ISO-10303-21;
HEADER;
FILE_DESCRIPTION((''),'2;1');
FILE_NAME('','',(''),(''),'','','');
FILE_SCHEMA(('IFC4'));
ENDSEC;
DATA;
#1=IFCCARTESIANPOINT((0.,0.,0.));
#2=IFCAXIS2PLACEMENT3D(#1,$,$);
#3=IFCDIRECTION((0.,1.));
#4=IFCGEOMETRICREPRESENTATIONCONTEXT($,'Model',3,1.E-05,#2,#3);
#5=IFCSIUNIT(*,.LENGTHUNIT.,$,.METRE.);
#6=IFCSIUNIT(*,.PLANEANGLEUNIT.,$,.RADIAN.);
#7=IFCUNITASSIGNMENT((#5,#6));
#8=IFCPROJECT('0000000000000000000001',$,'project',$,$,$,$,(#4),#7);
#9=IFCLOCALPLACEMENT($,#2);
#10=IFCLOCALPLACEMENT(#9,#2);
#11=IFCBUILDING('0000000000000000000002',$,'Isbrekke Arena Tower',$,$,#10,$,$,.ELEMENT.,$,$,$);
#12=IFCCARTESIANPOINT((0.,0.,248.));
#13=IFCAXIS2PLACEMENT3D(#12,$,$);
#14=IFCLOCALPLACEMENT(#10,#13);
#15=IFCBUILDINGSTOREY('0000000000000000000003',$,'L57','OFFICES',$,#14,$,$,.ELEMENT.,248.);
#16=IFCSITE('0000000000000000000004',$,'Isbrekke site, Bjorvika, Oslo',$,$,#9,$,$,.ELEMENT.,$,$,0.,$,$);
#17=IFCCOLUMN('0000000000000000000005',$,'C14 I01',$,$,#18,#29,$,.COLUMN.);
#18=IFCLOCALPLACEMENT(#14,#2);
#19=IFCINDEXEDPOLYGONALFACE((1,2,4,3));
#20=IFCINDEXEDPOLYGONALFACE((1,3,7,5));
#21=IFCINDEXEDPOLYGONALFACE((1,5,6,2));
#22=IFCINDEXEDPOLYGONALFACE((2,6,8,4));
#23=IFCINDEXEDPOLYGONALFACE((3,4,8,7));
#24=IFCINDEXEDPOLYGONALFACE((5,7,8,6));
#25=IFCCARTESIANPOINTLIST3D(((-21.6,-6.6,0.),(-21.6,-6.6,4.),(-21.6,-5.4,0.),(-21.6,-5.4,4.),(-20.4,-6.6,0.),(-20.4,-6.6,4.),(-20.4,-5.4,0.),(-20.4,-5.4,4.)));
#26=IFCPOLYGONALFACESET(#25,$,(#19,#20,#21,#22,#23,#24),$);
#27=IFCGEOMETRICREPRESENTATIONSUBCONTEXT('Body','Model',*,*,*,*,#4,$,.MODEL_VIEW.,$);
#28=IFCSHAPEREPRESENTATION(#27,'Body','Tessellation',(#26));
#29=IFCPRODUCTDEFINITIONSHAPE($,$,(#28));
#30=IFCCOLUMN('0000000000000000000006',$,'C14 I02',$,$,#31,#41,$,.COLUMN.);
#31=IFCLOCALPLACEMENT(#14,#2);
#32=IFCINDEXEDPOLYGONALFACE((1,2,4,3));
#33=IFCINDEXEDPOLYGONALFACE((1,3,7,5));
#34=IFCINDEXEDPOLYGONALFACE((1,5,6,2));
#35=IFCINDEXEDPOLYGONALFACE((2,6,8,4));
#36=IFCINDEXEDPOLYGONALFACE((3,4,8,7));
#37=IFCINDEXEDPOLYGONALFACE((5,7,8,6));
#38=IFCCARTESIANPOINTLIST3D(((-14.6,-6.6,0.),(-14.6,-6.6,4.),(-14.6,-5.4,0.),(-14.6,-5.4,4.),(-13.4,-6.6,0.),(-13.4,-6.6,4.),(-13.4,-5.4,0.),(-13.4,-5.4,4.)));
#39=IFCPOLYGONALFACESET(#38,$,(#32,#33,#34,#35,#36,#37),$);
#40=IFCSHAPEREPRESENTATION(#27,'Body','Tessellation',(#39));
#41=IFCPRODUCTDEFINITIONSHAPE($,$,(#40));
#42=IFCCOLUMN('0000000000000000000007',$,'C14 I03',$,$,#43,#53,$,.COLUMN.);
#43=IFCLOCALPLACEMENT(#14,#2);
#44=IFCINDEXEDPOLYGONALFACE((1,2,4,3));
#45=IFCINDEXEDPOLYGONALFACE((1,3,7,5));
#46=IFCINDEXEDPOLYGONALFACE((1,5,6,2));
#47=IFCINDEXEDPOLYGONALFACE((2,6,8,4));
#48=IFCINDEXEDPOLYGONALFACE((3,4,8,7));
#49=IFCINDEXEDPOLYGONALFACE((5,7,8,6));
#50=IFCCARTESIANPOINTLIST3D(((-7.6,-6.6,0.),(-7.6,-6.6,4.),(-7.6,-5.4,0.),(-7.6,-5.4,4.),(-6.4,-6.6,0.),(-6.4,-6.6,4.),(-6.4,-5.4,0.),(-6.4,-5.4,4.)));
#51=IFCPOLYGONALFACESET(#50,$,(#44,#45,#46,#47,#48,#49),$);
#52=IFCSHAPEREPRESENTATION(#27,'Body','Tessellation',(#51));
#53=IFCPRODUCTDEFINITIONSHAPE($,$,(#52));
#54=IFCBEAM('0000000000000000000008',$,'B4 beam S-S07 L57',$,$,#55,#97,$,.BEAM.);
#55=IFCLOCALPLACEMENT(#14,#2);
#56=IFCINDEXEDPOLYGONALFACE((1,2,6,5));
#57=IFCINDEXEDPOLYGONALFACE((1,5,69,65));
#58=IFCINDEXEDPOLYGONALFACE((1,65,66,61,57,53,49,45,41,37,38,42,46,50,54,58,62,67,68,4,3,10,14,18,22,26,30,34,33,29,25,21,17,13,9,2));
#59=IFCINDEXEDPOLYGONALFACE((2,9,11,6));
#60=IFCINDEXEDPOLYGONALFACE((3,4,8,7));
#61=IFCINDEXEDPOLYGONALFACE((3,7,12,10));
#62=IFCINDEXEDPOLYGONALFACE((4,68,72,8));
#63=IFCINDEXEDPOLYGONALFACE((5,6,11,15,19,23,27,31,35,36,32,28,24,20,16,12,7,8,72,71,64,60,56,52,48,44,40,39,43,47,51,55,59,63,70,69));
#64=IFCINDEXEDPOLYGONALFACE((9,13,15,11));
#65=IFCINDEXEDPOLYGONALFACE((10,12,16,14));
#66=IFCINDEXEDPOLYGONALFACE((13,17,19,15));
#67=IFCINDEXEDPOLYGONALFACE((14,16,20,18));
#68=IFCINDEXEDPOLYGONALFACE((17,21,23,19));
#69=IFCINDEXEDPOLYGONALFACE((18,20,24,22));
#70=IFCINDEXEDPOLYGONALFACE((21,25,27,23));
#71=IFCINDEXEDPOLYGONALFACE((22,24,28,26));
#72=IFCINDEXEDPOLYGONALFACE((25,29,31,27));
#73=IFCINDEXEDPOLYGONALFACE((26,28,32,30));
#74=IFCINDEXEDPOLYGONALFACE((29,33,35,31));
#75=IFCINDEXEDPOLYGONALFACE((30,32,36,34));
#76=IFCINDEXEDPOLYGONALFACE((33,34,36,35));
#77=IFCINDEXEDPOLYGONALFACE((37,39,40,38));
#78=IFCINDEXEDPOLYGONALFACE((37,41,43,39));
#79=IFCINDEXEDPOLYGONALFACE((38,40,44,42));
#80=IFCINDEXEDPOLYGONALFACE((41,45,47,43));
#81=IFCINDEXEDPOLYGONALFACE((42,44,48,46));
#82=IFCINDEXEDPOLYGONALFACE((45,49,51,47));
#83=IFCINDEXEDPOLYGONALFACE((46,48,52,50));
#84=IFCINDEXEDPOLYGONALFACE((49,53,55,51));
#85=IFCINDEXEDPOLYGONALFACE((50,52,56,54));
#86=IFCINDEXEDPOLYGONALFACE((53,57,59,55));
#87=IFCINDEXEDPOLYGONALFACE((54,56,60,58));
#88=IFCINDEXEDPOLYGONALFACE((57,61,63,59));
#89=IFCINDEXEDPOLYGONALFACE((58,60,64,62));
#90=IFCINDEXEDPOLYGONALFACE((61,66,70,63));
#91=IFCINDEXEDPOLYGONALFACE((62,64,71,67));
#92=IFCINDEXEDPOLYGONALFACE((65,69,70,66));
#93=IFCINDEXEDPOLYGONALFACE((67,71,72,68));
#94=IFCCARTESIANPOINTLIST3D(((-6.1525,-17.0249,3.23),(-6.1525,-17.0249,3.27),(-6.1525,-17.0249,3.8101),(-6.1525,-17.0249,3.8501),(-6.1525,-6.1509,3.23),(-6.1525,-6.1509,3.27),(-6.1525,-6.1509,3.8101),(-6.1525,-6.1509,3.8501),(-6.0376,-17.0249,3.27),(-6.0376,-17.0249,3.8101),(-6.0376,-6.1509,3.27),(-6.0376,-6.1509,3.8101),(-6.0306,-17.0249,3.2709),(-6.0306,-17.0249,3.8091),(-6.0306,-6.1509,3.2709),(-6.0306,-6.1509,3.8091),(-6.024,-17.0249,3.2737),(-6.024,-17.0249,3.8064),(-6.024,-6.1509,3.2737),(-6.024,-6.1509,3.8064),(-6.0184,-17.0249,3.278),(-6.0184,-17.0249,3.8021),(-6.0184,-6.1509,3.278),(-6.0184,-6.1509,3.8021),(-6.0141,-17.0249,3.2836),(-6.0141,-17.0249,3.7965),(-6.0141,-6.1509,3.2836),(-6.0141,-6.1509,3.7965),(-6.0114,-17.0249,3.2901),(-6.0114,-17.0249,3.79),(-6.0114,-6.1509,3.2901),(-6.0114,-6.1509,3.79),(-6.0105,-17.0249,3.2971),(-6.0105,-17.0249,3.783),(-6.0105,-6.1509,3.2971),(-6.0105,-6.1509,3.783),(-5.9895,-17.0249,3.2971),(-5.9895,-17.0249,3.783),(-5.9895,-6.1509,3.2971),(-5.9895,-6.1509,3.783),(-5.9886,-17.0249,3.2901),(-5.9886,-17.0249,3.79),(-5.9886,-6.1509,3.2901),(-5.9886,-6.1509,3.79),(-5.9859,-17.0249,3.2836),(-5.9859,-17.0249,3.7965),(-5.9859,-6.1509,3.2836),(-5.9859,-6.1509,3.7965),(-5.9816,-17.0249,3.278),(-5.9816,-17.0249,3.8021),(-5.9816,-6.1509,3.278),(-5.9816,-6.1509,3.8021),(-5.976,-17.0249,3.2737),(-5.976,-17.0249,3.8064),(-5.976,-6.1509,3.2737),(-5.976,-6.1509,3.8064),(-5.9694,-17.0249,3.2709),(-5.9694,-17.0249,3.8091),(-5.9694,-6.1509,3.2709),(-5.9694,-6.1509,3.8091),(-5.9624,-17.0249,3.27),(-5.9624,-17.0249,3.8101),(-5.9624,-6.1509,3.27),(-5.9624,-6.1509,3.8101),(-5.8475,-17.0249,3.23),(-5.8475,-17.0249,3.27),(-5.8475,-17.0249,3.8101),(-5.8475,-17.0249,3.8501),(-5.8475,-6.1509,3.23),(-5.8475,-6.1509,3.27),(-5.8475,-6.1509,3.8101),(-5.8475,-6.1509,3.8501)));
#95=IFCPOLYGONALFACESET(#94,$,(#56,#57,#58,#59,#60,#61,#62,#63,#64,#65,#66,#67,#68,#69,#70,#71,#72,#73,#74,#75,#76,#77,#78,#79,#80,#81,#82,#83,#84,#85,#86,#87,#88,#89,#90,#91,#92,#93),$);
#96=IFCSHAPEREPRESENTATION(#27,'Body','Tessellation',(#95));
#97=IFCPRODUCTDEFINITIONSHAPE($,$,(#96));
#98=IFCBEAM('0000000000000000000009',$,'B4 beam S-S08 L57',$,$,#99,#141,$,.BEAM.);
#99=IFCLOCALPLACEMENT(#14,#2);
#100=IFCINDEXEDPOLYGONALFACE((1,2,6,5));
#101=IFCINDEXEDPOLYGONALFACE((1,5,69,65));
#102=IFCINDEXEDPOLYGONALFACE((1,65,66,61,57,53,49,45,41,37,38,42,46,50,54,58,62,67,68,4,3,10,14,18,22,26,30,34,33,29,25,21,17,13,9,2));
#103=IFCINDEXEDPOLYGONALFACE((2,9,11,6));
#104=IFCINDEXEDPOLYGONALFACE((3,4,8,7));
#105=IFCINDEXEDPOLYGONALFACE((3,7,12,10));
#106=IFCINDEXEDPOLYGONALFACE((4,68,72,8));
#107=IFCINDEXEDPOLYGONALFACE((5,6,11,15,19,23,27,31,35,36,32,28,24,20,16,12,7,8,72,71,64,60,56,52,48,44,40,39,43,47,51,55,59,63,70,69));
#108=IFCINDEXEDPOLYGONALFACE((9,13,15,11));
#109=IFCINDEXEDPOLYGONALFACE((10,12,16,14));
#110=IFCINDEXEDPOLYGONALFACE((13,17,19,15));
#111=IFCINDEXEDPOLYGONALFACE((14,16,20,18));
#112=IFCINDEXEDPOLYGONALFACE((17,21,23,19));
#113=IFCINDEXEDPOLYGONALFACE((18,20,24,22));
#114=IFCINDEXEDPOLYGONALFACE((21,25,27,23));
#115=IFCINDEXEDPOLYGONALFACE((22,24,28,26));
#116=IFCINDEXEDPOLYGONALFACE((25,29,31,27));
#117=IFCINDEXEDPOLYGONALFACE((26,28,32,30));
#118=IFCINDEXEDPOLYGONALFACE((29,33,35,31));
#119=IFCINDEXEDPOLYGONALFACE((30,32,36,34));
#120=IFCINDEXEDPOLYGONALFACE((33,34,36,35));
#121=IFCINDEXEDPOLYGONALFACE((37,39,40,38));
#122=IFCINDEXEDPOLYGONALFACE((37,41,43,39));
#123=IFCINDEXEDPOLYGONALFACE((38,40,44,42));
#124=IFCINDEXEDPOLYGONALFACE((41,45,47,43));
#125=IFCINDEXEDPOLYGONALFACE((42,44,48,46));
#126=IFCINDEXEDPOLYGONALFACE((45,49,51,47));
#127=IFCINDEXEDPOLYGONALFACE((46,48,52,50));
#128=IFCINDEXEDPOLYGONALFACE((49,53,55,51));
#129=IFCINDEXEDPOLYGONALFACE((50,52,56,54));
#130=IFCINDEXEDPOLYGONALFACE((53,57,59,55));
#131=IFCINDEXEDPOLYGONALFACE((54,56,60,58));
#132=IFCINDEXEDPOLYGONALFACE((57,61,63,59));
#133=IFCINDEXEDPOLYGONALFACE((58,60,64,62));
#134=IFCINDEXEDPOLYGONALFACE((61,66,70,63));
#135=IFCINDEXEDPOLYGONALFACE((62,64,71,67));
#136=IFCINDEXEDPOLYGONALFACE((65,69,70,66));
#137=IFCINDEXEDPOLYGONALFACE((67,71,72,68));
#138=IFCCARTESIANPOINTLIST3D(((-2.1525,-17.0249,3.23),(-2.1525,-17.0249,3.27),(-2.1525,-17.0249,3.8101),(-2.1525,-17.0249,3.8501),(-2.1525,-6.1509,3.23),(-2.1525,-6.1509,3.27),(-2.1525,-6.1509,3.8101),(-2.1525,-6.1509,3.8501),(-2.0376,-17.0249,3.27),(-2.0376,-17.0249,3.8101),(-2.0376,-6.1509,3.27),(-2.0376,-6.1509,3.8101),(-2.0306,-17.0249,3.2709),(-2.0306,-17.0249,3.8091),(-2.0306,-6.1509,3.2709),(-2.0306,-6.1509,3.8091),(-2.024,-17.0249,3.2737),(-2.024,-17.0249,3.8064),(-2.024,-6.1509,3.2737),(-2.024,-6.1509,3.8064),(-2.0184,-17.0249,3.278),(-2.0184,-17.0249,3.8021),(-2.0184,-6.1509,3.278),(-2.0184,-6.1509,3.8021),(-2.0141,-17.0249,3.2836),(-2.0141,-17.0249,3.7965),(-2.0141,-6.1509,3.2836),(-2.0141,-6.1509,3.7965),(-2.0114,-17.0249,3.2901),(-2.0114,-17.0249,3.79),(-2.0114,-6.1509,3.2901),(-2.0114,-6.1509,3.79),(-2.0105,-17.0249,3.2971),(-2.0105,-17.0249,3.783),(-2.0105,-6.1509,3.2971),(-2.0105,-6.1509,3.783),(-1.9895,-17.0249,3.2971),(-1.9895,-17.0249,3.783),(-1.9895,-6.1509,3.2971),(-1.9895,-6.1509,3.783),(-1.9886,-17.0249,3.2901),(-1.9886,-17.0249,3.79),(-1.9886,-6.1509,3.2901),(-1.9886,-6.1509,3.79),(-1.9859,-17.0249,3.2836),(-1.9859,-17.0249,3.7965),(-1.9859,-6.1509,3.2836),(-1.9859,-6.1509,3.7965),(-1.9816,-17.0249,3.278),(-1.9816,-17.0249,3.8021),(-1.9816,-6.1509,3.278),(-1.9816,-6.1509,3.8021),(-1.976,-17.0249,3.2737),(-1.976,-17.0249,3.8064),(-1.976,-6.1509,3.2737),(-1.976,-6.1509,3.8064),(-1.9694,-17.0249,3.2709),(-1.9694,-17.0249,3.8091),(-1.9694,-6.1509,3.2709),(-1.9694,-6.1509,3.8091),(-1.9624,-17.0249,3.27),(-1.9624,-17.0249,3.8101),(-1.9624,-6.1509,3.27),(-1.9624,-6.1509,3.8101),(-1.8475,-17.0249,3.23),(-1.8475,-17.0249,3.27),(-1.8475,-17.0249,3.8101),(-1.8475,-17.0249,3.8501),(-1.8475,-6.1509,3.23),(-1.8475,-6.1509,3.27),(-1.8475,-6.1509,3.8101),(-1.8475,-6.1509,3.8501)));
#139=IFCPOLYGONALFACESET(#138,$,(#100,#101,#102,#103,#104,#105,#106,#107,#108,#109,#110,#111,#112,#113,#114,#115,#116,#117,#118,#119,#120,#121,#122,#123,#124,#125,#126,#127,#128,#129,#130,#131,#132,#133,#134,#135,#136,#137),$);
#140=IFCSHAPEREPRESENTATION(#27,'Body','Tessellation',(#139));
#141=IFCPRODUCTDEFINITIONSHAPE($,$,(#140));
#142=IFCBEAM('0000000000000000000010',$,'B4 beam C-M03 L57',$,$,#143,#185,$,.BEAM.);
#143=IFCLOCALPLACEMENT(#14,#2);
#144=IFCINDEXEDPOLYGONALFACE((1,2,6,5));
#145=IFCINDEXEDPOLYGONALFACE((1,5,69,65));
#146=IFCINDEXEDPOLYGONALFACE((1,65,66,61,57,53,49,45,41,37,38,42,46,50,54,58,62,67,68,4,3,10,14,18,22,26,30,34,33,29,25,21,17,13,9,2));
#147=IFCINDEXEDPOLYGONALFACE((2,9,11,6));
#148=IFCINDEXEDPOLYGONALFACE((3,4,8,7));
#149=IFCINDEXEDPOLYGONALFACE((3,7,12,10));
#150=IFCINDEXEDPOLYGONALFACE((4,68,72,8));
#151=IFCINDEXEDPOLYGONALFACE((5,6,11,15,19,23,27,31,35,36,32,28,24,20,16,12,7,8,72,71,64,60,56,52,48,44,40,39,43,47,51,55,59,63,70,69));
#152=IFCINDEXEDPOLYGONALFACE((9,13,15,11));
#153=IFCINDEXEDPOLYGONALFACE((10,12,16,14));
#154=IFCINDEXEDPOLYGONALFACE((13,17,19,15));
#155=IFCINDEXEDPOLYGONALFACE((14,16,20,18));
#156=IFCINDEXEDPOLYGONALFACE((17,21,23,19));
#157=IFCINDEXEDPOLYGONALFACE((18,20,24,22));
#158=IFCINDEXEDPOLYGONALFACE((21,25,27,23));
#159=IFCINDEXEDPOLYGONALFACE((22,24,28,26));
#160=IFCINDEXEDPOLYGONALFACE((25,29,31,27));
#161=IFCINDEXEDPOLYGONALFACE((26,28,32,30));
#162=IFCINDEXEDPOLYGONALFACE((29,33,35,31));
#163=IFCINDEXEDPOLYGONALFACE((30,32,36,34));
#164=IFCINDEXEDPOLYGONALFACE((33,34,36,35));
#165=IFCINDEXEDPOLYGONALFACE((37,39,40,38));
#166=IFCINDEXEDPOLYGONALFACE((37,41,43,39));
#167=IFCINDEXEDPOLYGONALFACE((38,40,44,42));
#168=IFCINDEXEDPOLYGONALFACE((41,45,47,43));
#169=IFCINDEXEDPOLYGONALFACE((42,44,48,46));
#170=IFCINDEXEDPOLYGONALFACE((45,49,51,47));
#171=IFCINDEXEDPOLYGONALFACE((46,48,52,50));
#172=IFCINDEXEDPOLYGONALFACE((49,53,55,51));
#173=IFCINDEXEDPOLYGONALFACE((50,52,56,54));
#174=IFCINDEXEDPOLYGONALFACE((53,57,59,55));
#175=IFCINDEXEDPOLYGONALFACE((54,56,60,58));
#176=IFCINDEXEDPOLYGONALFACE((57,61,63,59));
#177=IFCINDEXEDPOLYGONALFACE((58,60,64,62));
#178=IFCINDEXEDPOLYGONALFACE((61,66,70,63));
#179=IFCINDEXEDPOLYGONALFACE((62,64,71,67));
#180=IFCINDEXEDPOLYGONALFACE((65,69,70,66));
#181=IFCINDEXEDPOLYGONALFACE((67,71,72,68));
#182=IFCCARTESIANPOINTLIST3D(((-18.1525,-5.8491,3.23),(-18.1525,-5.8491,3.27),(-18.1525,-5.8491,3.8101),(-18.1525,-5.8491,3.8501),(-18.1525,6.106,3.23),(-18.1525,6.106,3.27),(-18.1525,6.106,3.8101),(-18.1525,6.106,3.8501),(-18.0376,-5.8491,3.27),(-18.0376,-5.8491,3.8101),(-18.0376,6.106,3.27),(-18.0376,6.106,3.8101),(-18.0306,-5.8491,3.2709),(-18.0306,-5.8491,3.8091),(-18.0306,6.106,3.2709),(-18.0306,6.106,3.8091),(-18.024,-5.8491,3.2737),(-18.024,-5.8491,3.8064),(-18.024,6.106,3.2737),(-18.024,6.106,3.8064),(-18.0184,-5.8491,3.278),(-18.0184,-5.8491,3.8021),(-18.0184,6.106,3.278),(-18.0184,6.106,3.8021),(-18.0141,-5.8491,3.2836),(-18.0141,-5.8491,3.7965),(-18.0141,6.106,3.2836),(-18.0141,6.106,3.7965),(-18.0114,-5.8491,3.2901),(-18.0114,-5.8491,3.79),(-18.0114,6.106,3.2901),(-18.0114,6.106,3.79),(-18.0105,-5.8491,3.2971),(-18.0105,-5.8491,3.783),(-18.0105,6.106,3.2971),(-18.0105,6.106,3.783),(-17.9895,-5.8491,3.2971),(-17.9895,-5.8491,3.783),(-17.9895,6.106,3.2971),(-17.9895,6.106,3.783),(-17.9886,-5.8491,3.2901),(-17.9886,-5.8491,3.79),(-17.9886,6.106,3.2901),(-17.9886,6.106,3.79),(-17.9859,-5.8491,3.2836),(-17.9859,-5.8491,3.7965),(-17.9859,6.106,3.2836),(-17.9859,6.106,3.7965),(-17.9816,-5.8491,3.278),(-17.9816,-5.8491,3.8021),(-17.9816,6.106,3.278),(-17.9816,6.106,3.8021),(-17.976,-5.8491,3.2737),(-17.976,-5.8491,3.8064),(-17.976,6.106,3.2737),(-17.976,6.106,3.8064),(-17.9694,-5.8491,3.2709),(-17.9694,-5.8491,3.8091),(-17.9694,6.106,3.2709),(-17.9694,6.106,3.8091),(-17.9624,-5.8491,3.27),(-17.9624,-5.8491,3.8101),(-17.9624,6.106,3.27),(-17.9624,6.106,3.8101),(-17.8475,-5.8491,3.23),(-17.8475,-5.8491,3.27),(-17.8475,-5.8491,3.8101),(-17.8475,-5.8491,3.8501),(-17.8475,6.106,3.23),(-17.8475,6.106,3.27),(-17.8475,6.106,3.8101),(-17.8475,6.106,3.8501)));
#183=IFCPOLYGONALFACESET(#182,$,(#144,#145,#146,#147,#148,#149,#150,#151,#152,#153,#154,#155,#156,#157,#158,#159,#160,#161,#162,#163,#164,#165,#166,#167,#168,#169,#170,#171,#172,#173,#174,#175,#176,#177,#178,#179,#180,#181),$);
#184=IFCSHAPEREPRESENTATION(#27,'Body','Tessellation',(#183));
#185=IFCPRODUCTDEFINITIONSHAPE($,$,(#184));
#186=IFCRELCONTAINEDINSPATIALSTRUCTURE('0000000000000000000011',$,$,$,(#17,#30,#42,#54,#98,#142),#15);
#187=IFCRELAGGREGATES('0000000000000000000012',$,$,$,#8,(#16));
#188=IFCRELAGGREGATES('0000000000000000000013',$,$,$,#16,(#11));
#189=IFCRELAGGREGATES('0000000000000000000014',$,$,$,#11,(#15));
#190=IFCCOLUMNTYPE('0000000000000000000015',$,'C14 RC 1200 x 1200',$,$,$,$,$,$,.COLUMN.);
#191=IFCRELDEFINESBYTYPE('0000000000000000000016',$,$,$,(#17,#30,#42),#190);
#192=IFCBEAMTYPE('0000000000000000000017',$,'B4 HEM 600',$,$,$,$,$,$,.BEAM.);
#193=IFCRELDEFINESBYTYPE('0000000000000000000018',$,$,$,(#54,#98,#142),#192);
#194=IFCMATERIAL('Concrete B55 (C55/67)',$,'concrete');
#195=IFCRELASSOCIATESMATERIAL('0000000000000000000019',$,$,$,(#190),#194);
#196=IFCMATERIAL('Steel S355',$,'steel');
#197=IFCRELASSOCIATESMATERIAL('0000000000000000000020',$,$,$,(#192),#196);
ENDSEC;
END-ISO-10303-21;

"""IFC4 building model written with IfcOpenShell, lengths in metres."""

from ifc_helpers import new_model, si_unit, direction, frame, origin, origin_2d, place, context, subcontext, project, spatial, rectangle, i_section, extrude, material, material_profile, profile_set, type_object, element, save


model = new_model("IFC4")

# Units and contexts
model_context = context("Model", 3, precision=1e-05, world=origin(), true_north=direction((0.0, 1.0)))
body_context = subcontext(model_context, "Body", "Model", "MODEL_VIEW")
ifc_project = project(units=[si_unit("LENGTHUNIT", "METRE"), si_unit("PLANEANGLEUNIT", "RADIAN")], contexts=[model_context])

# Site, building, storey
site_placement = place(None, origin())
site = spatial("IfcSite", under=ifc_project, at=site_placement, Name="Isbrekke site, Bjorvika, Oslo", CompositionType="ELEMENT", RefElevation=0.0)
building_placement = place(site_placement, origin())
building = spatial("IfcBuilding", under=site, at=building_placement, Name="Isbrekke Arena Tower", CompositionType="ELEMENT")
storey_placement = place(building_placement, frame((0.0, 0.0, 248.0)))
storey = spatial("IfcBuildingStorey", under=building, at=storey_placement, Name="L57", Description="OFFICES", CompositionType="ELEMENT", Elevation=248.0)

# Columns
ifc_material_1 = material(Name="Concrete B55 (C55/67)", Category="concrete")
ifc_material_profile_1 = material_profile(ifc_material_1, rectangle(XDim=1.2, YDim=1.2, at=origin_2d()), Name="RC 1200x1200")
ifc_profile_set_1 = profile_set([ifc_material_profile_1], Name="Concrete B55 (C55/67)")
column_type = type_object("IfcColumnType", Name="C14 RC 1200 x 1200", PredefinedType="COLUMN", material=ifc_profile_set_1)
for number, where, z_axis, x_axis, name in (
    (1, (-21.0, -6.0, 0.0), (0.0, 0.0, 1.0), (1.0, 0.0, 0.0), "C14 I01"),
    (2, (-14.0, -6.0, 0.0), (0.0, 0.0, 1.0), (1.0, 0.0, 0.0), "C14 I02"),
    (3, (-7.0, -6.0, 0.0), (0.0, 0.0, 1.0), (1.0, 0.0, 0.0), "C14 I03"),
):
    element("IfcColumn", number, at=place(storey_placement, frame(where, z_axis=z_axis, x_axis=x_axis)), inside=storey, type_object=column_type, Name=name, PredefinedType="COLUMN", context=body_context, shape_type="SweptSolid", body=[
        extrude(rectangle(XDim=1.2, YDim=1.2, at=origin_2d()), origin(), (0.0, 0.0, 1.0), 4.0),
    ])

# Beams
ifc_material_2 = material(Name="Steel S355", Category="steel")
ifc_material_profile_2 = material_profile(ifc_material_2, i_section(OverallWidth=0.3049, OverallDepth=0.6201, WebThickness=0.021, FlangeThickness=0.04, FilletRadius=0.0271, at=origin_2d()), Name="HEM 600")
ifc_profile_set_2 = profile_set([ifc_material_profile_2], Name="Steel S355")
beam_type_1 = type_object("IfcBeamType", Name="B4 HEM 600", PredefinedType="BEAM", material=ifc_profile_set_2)
for number, where, z_axis, x_axis, name in (
    (4, (-6.0, -17.0249, 3.54), (0.0, 1.0, 0.0), (-1.0, 0.0, 0.0), "B4 beam S-S07 L57"),
    (5, (-2.0, -17.0249, 3.54), (0.0, 1.0, 0.0), (-1.0, 0.0, 0.0), "B4 beam S-S08 L57"),
):
    element("IfcBeam", number, at=place(storey_placement, frame(where, z_axis=z_axis, x_axis=x_axis)), inside=storey, type_object=beam_type_1, Name=name, PredefinedType="BEAM", context=body_context, shape_type="SweptSolid", body=[
        extrude(i_section(OverallWidth=0.3049, OverallDepth=0.6201, WebThickness=0.021, FlangeThickness=0.04, FilletRadius=0.0271, at=origin_2d()), origin(), (0.0, 0.0, 1.0), 10.874),
    ])
beam_1_placement = place(storey_placement, frame((-18.0, -5.8491, 3.54), z_axis=(0.0, 1.0, 0.0), x_axis=(-1.0, 0.0, 0.0)))
element("IfcBeam", 6, at=beam_1_placement, inside=storey, type_object=beam_type_1, Name="B4 beam C-M03 L57", PredefinedType="BEAM", context=body_context, shape_type="SweptSolid", body=[
    extrude(i_section(OverallWidth=0.3049, OverallDepth=0.6201, WebThickness=0.021, FlangeThickness=0.04, FilletRadius=0.0271, at=origin_2d()), origin(), (0.0, 0.0, 1.0), 11.9551),
])

save(model, "model.ifc")
